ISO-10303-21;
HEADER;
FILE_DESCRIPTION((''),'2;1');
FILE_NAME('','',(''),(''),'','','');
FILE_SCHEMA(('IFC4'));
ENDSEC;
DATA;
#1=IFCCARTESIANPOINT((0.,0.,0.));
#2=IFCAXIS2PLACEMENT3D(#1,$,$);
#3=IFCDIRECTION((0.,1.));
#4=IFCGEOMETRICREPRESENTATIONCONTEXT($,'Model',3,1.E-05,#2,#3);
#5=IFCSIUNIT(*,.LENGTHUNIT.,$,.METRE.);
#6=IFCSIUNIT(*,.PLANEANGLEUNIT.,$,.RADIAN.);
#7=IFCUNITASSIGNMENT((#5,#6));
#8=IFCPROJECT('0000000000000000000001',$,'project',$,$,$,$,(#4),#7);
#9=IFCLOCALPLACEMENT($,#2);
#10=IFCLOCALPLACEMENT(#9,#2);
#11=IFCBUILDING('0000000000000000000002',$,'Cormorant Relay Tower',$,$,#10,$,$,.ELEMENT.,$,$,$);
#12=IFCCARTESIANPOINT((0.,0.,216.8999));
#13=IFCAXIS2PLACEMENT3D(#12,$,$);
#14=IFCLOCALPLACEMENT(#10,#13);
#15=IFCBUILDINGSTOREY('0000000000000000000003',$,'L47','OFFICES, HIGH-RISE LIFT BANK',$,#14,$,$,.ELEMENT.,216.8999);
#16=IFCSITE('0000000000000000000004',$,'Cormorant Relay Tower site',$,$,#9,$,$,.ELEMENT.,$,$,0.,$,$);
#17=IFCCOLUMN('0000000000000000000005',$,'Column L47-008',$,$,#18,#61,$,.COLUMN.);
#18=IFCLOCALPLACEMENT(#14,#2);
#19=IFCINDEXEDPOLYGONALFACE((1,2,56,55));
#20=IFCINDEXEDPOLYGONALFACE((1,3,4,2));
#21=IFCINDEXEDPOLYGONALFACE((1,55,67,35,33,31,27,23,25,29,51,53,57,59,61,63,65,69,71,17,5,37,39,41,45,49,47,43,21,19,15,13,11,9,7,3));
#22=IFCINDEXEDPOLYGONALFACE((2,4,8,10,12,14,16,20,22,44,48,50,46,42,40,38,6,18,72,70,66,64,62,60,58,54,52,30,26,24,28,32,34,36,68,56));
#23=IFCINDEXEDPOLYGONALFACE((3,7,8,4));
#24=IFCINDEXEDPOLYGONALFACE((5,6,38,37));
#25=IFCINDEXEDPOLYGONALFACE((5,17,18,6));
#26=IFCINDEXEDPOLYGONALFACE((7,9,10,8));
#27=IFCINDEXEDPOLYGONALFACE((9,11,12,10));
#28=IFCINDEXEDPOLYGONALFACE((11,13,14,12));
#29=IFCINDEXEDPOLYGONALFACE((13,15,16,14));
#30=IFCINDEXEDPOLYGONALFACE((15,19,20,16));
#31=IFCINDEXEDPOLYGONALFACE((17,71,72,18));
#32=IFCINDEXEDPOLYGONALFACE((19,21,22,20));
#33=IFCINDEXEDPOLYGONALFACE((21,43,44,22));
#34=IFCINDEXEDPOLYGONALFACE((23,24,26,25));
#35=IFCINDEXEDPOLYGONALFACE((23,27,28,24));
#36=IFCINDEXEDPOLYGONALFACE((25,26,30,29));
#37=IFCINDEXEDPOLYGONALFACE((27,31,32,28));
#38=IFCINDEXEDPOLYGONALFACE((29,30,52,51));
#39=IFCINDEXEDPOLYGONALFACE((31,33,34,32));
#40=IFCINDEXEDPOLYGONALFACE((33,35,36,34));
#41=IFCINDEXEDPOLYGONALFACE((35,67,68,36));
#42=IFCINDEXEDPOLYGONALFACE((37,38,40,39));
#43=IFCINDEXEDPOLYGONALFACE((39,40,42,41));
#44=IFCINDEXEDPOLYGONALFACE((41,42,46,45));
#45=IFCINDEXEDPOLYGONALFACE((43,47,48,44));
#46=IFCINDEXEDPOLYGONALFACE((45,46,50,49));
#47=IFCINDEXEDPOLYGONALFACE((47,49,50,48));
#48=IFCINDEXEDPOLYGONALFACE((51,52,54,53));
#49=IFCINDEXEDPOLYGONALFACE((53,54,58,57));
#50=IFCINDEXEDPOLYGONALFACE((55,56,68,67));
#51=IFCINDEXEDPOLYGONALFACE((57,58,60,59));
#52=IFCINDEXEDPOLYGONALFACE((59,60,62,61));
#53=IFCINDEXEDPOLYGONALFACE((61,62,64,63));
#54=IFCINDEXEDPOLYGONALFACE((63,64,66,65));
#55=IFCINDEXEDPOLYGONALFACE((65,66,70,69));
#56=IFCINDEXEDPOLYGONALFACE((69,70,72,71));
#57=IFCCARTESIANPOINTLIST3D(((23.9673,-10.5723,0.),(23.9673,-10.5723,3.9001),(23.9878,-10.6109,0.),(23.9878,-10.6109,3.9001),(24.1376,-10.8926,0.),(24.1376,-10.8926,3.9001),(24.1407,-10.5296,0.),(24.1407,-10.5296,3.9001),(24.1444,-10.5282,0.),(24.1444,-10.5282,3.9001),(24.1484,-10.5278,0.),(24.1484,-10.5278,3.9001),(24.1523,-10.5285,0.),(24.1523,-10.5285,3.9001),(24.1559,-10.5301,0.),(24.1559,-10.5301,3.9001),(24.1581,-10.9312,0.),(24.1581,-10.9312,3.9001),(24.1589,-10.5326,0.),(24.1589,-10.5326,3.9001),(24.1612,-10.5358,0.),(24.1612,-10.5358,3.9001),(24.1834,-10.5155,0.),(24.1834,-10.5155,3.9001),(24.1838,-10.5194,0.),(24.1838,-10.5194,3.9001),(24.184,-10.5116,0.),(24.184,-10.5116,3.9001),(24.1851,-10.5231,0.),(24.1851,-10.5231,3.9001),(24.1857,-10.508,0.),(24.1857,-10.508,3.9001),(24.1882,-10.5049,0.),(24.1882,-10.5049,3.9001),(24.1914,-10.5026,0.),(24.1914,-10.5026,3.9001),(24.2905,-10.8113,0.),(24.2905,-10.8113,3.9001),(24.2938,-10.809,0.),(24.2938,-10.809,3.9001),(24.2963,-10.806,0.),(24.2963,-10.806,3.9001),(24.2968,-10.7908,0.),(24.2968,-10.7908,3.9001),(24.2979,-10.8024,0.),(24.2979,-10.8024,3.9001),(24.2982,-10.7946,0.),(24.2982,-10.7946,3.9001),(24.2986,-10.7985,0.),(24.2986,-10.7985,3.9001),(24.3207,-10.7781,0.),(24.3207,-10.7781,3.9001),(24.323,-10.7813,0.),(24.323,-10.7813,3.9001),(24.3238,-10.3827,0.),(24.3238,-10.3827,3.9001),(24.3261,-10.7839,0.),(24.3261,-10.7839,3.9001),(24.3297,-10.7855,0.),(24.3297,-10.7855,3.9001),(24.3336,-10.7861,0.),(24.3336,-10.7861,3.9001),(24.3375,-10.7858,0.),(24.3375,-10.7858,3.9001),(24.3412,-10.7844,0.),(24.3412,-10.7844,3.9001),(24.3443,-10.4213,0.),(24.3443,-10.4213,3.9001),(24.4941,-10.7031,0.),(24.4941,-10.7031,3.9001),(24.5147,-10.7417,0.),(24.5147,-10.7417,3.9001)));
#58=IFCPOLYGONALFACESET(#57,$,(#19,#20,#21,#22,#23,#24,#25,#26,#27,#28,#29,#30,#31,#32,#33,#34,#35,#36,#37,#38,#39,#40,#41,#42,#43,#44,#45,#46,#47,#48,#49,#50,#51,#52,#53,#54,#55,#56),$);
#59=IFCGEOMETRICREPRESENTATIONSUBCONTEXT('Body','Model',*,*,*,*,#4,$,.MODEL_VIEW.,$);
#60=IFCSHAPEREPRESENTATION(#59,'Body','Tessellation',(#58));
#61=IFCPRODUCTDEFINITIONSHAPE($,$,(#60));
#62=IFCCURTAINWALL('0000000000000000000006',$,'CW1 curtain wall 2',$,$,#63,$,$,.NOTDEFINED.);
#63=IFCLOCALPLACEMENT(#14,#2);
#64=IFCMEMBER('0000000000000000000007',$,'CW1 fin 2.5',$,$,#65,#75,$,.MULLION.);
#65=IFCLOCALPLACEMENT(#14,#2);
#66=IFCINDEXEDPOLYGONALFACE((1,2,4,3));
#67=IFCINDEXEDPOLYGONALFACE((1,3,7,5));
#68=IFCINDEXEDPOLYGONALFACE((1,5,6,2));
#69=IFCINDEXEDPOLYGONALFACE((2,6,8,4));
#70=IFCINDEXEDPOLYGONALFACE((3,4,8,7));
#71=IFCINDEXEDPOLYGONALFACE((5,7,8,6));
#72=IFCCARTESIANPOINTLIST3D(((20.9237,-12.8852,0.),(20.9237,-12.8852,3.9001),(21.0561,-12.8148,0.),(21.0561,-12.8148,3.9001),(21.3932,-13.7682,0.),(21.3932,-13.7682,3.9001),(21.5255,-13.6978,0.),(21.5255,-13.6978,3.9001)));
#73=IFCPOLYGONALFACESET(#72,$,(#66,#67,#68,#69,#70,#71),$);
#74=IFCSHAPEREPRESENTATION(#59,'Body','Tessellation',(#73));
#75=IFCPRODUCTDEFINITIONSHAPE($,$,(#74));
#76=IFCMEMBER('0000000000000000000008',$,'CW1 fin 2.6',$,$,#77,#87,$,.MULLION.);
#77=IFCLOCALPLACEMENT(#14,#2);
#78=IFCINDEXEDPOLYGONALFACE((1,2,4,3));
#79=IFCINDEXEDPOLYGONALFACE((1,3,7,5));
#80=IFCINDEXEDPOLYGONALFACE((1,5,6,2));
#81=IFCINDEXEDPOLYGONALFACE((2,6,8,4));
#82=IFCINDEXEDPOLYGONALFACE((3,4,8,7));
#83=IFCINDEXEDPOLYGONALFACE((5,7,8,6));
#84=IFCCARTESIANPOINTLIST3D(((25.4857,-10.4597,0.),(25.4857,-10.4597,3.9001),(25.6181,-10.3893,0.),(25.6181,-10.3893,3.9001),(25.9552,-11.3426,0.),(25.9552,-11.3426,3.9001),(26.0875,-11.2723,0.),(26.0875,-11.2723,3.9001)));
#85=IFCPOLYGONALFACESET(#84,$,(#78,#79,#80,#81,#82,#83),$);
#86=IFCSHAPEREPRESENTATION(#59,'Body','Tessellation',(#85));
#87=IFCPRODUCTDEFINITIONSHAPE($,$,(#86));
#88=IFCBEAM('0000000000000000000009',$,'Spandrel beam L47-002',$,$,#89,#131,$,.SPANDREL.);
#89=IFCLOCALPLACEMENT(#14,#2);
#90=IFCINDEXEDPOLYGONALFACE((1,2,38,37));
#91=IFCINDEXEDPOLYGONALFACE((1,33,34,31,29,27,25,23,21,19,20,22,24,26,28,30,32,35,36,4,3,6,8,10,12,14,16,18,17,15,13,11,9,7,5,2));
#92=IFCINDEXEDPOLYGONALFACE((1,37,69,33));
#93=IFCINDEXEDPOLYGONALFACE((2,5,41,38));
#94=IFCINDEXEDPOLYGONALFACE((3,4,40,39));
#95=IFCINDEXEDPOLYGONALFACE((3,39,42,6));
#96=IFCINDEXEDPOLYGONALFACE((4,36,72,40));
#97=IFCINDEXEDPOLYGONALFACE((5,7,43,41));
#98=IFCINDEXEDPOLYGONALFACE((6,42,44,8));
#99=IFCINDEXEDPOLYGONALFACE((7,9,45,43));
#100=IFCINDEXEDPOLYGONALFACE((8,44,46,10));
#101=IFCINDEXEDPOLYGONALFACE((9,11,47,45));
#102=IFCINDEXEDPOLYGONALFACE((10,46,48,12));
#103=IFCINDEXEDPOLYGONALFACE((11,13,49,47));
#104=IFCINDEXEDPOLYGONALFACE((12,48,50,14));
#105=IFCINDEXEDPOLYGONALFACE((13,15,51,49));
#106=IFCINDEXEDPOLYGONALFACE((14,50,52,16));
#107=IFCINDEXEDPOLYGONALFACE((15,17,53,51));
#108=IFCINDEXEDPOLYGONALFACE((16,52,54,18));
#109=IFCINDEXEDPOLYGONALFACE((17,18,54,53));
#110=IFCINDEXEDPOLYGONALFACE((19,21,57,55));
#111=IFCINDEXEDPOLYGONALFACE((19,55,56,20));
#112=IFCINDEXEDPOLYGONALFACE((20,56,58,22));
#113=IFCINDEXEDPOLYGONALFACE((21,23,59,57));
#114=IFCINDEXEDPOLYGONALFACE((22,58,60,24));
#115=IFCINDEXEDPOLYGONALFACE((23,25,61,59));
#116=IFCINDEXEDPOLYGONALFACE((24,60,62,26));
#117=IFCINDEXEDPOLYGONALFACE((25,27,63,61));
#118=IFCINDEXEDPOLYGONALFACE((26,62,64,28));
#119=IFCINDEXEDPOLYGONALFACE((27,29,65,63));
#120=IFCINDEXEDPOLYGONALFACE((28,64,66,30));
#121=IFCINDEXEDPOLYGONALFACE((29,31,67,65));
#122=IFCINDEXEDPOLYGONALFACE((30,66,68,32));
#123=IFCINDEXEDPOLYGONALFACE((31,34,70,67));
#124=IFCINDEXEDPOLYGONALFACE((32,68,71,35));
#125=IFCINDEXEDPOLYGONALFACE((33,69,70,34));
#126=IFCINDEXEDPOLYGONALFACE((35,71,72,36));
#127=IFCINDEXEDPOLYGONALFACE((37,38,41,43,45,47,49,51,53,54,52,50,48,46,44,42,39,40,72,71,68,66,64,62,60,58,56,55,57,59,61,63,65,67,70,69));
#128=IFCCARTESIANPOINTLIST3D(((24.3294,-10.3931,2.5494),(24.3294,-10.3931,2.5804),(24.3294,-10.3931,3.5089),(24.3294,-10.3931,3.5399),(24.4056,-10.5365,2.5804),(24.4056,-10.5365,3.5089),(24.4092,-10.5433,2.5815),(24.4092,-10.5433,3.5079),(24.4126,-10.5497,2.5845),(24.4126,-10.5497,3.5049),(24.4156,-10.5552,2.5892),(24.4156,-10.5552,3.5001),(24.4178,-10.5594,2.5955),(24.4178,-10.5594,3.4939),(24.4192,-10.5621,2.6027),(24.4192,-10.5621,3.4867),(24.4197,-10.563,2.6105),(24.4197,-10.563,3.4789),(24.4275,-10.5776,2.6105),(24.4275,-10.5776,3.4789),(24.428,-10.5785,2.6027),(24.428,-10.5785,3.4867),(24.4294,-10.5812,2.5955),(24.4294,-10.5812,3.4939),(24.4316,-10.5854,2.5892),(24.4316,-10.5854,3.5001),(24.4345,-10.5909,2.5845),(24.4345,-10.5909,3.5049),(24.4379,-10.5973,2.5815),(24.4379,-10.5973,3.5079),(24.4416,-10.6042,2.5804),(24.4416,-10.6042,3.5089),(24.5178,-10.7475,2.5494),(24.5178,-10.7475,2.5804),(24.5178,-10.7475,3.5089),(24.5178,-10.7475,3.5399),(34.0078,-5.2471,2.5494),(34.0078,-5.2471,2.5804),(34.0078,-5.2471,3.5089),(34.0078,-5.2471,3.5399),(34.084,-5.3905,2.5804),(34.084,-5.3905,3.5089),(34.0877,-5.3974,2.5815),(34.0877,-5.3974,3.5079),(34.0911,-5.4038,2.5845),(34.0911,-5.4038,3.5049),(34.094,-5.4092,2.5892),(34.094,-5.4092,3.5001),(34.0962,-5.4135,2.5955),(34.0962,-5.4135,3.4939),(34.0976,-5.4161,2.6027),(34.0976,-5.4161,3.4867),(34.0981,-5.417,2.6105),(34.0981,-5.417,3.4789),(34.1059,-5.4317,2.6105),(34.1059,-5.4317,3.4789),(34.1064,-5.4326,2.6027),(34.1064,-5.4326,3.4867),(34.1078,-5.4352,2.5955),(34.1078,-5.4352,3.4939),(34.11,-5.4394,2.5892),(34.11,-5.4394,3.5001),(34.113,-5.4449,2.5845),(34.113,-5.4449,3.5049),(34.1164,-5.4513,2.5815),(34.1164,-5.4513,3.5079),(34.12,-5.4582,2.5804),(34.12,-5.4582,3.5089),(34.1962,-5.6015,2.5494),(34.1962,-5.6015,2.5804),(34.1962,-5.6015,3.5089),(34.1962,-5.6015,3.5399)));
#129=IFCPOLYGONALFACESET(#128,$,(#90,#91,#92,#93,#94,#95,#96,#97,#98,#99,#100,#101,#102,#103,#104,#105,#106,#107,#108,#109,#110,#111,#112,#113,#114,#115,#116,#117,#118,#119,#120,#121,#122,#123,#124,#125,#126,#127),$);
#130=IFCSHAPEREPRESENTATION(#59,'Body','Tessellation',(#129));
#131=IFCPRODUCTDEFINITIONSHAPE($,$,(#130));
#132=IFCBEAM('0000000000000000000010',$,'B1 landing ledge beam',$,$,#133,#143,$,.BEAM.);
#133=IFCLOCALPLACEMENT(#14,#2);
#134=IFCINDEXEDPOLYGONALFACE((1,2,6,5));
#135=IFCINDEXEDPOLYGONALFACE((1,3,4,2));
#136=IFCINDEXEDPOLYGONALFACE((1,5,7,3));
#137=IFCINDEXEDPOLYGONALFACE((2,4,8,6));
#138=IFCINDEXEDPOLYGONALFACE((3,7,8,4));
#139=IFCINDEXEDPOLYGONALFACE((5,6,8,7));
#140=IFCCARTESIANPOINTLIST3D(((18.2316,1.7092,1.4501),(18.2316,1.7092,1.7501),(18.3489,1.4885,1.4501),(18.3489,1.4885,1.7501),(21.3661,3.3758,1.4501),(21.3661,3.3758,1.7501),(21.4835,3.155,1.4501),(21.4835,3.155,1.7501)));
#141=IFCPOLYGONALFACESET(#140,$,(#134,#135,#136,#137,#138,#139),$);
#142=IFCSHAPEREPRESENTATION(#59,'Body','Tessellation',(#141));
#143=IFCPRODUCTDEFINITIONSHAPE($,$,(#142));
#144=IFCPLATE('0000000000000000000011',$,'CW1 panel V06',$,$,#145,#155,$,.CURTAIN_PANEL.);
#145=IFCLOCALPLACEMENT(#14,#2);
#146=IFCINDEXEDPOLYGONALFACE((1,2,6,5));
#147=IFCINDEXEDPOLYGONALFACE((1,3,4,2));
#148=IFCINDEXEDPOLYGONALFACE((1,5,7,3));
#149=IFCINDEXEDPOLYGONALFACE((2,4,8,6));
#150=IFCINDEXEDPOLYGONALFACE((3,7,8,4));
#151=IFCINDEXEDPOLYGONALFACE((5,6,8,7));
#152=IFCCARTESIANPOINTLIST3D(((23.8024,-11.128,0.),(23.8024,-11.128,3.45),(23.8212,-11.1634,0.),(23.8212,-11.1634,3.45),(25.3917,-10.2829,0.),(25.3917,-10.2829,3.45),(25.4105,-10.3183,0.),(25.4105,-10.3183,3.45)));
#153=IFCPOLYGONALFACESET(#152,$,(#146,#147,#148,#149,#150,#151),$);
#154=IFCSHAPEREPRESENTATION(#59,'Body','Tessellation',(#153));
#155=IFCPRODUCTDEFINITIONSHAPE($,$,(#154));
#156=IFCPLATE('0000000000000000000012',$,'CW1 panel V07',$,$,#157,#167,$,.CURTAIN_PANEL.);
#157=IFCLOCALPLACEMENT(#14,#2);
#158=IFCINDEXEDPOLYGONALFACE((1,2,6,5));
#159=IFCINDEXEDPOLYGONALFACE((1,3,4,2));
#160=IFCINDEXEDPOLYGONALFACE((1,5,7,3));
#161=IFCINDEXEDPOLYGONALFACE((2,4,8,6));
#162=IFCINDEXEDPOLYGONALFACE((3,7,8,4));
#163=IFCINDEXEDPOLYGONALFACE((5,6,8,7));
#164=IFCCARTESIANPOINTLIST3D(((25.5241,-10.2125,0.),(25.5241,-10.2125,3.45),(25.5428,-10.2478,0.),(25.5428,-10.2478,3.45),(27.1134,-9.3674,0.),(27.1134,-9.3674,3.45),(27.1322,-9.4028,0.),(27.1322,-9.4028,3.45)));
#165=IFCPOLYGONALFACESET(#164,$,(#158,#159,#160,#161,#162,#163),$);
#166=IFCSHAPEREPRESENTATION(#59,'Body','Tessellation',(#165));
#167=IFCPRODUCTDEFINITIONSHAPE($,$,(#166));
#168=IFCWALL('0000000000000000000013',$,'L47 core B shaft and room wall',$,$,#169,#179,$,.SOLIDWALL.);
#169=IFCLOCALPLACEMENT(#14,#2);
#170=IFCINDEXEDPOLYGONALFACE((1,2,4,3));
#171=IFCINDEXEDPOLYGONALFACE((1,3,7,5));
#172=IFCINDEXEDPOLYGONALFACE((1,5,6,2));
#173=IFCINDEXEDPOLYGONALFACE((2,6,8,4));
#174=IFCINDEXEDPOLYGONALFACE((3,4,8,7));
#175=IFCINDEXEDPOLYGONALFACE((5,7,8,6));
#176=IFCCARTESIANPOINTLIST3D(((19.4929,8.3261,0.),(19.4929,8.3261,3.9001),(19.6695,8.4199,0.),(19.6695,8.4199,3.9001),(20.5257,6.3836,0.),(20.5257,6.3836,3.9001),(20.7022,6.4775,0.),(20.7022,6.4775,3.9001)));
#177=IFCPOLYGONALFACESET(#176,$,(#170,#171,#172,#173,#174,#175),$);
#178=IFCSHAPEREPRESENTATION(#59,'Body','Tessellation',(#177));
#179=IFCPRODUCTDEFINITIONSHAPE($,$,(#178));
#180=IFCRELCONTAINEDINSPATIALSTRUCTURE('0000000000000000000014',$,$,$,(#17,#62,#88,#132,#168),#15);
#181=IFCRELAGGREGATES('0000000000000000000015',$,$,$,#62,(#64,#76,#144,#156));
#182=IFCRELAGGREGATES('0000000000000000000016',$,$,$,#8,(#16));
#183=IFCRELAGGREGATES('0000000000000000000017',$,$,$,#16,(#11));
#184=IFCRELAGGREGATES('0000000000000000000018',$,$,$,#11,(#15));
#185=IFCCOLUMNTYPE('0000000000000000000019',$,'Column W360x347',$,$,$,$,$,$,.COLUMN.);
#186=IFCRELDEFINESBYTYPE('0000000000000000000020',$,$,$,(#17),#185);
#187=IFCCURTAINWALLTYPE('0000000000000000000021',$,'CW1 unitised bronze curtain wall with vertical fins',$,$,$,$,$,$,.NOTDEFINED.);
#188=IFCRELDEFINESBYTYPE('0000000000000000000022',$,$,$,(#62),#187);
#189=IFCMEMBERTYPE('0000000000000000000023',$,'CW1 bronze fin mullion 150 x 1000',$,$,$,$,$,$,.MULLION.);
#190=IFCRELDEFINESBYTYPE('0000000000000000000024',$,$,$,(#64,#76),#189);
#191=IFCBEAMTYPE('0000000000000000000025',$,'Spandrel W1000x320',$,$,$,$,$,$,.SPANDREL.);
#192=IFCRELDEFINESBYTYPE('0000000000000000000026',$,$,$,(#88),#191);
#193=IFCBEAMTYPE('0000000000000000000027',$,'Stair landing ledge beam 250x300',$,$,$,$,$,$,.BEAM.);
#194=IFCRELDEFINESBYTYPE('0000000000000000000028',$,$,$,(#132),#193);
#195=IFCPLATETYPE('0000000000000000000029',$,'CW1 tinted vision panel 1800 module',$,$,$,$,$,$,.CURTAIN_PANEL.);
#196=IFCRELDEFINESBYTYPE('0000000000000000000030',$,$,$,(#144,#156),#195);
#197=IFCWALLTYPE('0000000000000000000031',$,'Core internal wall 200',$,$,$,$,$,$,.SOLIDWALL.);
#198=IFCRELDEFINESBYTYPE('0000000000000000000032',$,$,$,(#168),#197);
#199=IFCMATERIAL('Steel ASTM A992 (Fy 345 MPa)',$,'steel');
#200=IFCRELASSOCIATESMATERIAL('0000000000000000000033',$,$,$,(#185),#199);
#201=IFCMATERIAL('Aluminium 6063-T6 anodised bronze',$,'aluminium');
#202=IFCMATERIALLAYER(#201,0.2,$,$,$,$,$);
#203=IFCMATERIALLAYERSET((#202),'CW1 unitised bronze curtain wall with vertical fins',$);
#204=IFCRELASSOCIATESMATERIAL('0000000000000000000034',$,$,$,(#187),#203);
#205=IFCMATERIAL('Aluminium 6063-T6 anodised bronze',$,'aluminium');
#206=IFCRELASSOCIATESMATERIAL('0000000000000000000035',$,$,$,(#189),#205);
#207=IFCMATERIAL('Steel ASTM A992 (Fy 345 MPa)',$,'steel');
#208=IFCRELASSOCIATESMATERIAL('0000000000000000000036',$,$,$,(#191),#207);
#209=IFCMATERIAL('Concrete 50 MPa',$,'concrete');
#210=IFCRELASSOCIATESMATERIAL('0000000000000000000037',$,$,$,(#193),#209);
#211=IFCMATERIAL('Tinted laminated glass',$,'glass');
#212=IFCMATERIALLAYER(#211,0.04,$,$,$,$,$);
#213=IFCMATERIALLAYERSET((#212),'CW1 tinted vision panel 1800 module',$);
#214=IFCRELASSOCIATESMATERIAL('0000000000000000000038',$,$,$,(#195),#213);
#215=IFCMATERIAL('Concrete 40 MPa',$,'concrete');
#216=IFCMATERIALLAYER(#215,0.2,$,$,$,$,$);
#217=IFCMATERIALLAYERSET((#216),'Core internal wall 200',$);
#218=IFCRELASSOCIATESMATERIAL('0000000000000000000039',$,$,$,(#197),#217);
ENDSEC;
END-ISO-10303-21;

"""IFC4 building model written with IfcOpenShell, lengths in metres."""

from ifc_helpers import new_model, si_unit, direction, frame, frame_2d, origin, origin_2d, place, context, subcontext, project, spatial, rectangle, i_section, extrude, material, layer, layer_set, material_profile, profile_set, type_object, element, aggregate, save


model = new_model("IFC4")

# Units and contexts
model_context = context("Model", 3, precision=1e-05, world=origin(), true_north=direction((0.0, 1.0)))
body_context = subcontext(model_context, "Body", "Model", "MODEL_VIEW")
ifc_project = project(units=[si_unit("LENGTHUNIT", "METRE"), si_unit("PLANEANGLEUNIT", "RADIAN")], contexts=[model_context])

# Site, building, storey
site_placement = place(None, origin())
site = spatial("IfcSite", under=ifc_project, at=site_placement, Name="Cormorant Relay Tower site", CompositionType="ELEMENT", RefElevation=0.0)
building_placement = place(site_placement, origin())
building = spatial("IfcBuilding", under=site, at=building_placement, Name="Cormorant Relay Tower", CompositionType="ELEMENT")
storey_placement = place(building_placement, frame((0.0, 0.0, 216.8999)))
storey = spatial("IfcBuildingStorey", under=building, at=storey_placement, Name="L47", Description="OFFICES, HIGH-RISE LIFT BANK", CompositionType="ELEMENT", Elevation=216.8999)

# Column
ifc_material_1 = material(Name="Steel ASTM A992 (Fy 345 MPa)", Category="steel")
ifc_material_profile_1 = material_profile(ifc_material_1, i_section(OverallWidth=0.4038, OverallDepth=0.4065, WebThickness=0.0271, FlangeThickness=0.0437, FilletRadius=0.0151, at=origin_2d()), Name="W360x347")
ifc_profile_set_1 = profile_set([ifc_material_profile_1], Name="Steel ASTM A992 (Fy 345 MPa)")
column_type = type_object("IfcColumnType", Name="Column W360x347", PredefinedType="COLUMN", material=ifc_profile_set_1)
column_placement = place(storey_placement, frame((24.241, -10.657, 0.0), z_axis=(0.0, 0.0, 1.0), x_axis=(0.882948, 0.469472, 0.0)))
element("IfcColumn", 1, at=column_placement, inside=storey, type_object=column_type, Name="Column L47-008", PredefinedType="COLUMN", context=body_context, shape_type="SweptSolid", body=[
    extrude(i_section(OverallWidth=0.4038, OverallDepth=0.4065, WebThickness=0.0271, FlangeThickness=0.0437, FilletRadius=0.0151, at=origin_2d()), origin(), (0.0, 0.0, 1.0), 3.9001),
])

# Curtain wall, members
ifc_material_2 = material(Name="Aluminium 6063-T6 anodised bronze", Category="aluminium")
ifc_layer_1 = layer(ifc_material_2, 0.2)
ifc_layer_set_1 = layer_set([ifc_layer_1], Name="CW1 unitised bronze curtain wall with vertical fins")
curtain_wall_type = type_object("IfcCurtainWallType", Name="CW1 unitised bronze curtain wall with vertical fins", PredefinedType="NOTDEFINED", material=ifc_layer_set_1)
curtain_wall_placement = place(storey_placement, origin())
curtain_wall = element("IfcCurtainWall", 2, at=curtain_wall_placement, inside=storey, type_object=curtain_wall_type, Name="CW1 curtain wall 2", PredefinedType="NOTDEFINED")
ifc_material_3 = material(Name="Aluminium 6063-T6 anodised bronze", Category="aluminium")
ifc_material_profile_2 = material_profile(ifc_material_3, rectangle(XDim=0.1499, YDim=1.0, at=origin_2d()), Name="AL 150x1000")
ifc_profile_set_2 = profile_set([ifc_material_profile_2], Name="Aluminium 6063-T6 anodised bronze")
member_type = type_object("IfcMemberType", Name="CW1 bronze fin mullion 150 x 1000", PredefinedType="MULLION", material=ifc_profile_set_2)
member_1_placement = place(storey_placement, frame((21.2246, -13.2915, 0.0), z_axis=(0.0, 0.0, 1.0), x_axis=(0.882948, 0.469472, 0.0)))
member_1 = element("IfcMember", 3, at=member_1_placement, type_object=member_type, Name="CW1 fin 2.5", PredefinedType="MULLION", context=body_context, shape_type="SweptSolid", body=[
    extrude(rectangle(XDim=0.1499, YDim=1.0, at=origin_2d()), origin(), (0.0, 0.0, 1.0), 3.9001),
])
member_2_placement = place(storey_placement, frame((25.7866, -10.866, 0.0), z_axis=(0.0, 0.0, 1.0), x_axis=(0.882948, 0.469472, 0.0)))
member_2 = element("IfcMember", 4, at=member_2_placement, type_object=member_type, Name="CW1 fin 2.6", PredefinedType="MULLION", context=body_context, shape_type="SweptSolid", body=[
    extrude(rectangle(XDim=0.1499, YDim=1.0, at=origin_2d()), origin(), (0.0, 0.0, 1.0), 3.9001),
])

# Beams
ifc_material_4 = material(Name="Steel ASTM A992 (Fy 345 MPa)", Category="steel")
ifc_material_profile_3 = material_profile(ifc_material_4, i_section(OverallWidth=0.4014, OverallDepth=0.9905, WebThickness=0.0166, FlangeThickness=0.031, FilletRadius=0.03, at=origin_2d()), Name="W1000x320")
ifc_profile_set_3 = profile_set([ifc_material_profile_3], Name="Steel ASTM A992 (Fy 345 MPa)")
beam_type_1 = type_object("IfcBeamType", Name="Spandrel W1000x320", PredefinedType="SPANDREL", material=ifc_profile_set_3)
beam_1_placement = place(storey_placement, frame((24.4236, -10.5703, 3.0447), z_axis=(0.882953, 0.469462, 0.0), x_axis=(-0.469462, 0.882953, 0.0)))
element("IfcBeam", 5, at=beam_1_placement, inside=storey, type_object=beam_type_1, Name="Spandrel beam L47-002", PredefinedType="SPANDREL", context=body_context, shape_type="SweptSolid", body=[
    extrude(i_section(OverallWidth=0.4014, OverallDepth=0.9905, WebThickness=0.0166, FlangeThickness=0.031, FilletRadius=0.03, at=origin_2d()), origin(), (0.0, 0.0, 1.0), 10.9614),
])
ifc_material_5 = material(Name="Concrete 50 MPa", Category="concrete")
ifc_material_profile_4 = material_profile(ifc_material_5, rectangle(XDim=0.25, YDim=0.3, at=origin_2d()), Name="RC 250x300")
ifc_profile_set_4 = profile_set([ifc_material_profile_4], Name="Concrete 50 MPa")
beam_type_2 = type_object("IfcBeamType", Name="Stair landing ledge beam 250x300", PredefinedType="BEAM", material=ifc_profile_set_4)
beam_2_placement = place(storey_placement, frame((21.4248, 3.2654, 1.6001), z_axis=(-0.882965, -0.469438, 0.0), x_axis=(0.469438, -0.882965, 0.0)))
element("IfcBeam", 6, at=beam_2_placement, inside=storey, type_object=beam_type_2, Name="B1 landing ledge beam", PredefinedType="BEAM", context=body_context, shape_type="SweptSolid", body=[
    extrude(rectangle(XDim=0.25, YDim=0.3, at=origin_2d()), origin(), (0.0, 0.0, 1.0), 3.55),
])

# Plates
ifc_material_6 = material(Name="Tinted laminated glass", Category="glass")
ifc_layer_2 = layer(ifc_material_6, 0.04)
ifc_layer_set_2 = layer_set([ifc_layer_2], Name="CW1 tinted vision panel 1800 module")
plate_type = type_object("IfcPlateType", Name="CW1 tinted vision panel 1800 module", PredefinedType="CURTAIN_PANEL", material=ifc_layer_set_2)
plate_1_placement = place(storey_placement, frame((24.6064, -10.7231, 0.0), z_axis=(0.0, 0.0, 1.0), x_axis=(0.882948, 0.469472, 0.0)))
plate_1 = element("IfcPlate", 7, at=plate_1_placement, type_object=plate_type, Name="CW1 panel V06", PredefinedType="CURTAIN_PANEL", context=body_context, shape_type="SweptSolid", body=[
    extrude(rectangle(XDim=1.8, YDim=0.04, at=origin_2d()), origin(), (0.0, 0.0, 1.0), 3.45),
])
plate_2_placement = place(storey_placement, frame((26.3281, -9.8076, 0.0), z_axis=(0.0, 0.0, 1.0), x_axis=(0.882948, 0.469472, 0.0)))
plate_2 = element("IfcPlate", 8, at=plate_2_placement, type_object=plate_type, Name="CW1 panel V07", PredefinedType="CURTAIN_PANEL", context=body_context, shape_type="SweptSolid", body=[
    extrude(rectangle(XDim=1.8, YDim=0.04, at=origin_2d()), origin(), (0.0, 0.0, 1.0), 3.45),
])

# Wall
ifc_material_7 = material(Name="Concrete 40 MPa", Category="concrete")
ifc_layer_3 = layer(ifc_material_7, 0.2)
ifc_layer_set_3 = layer_set([ifc_layer_3], Name="Core internal wall 200")
wall_type_1 = type_object("IfcWallType", Name="Core internal wall 200", PredefinedType="SOLIDWALL", material=ifc_layer_set_3)
wall_1_placement = place(storey_placement, frame((20.614, 6.4304, 0.0), z_axis=(0.0, 0.0, 1.0), x_axis=(-0.469447, 0.88296, 0.0)))
element("IfcWall", 9, at=wall_1_placement, inside=storey, type_object=wall_type_1, Name="L47 core B shaft and room wall", PredefinedType="SOLIDWALL", context=body_context, shape_type="SweptSolid", body=[
    extrude(rectangle(XDim=2.2, YDim=0.2, at=frame_2d((1.1001, 0.0))), origin(), (0.0, 0.0, 1.0), 3.9001),
])

aggregate(curtain_wall, [member_1, member_2, plate_1, plate_2])

save(model, "model.ifc")
